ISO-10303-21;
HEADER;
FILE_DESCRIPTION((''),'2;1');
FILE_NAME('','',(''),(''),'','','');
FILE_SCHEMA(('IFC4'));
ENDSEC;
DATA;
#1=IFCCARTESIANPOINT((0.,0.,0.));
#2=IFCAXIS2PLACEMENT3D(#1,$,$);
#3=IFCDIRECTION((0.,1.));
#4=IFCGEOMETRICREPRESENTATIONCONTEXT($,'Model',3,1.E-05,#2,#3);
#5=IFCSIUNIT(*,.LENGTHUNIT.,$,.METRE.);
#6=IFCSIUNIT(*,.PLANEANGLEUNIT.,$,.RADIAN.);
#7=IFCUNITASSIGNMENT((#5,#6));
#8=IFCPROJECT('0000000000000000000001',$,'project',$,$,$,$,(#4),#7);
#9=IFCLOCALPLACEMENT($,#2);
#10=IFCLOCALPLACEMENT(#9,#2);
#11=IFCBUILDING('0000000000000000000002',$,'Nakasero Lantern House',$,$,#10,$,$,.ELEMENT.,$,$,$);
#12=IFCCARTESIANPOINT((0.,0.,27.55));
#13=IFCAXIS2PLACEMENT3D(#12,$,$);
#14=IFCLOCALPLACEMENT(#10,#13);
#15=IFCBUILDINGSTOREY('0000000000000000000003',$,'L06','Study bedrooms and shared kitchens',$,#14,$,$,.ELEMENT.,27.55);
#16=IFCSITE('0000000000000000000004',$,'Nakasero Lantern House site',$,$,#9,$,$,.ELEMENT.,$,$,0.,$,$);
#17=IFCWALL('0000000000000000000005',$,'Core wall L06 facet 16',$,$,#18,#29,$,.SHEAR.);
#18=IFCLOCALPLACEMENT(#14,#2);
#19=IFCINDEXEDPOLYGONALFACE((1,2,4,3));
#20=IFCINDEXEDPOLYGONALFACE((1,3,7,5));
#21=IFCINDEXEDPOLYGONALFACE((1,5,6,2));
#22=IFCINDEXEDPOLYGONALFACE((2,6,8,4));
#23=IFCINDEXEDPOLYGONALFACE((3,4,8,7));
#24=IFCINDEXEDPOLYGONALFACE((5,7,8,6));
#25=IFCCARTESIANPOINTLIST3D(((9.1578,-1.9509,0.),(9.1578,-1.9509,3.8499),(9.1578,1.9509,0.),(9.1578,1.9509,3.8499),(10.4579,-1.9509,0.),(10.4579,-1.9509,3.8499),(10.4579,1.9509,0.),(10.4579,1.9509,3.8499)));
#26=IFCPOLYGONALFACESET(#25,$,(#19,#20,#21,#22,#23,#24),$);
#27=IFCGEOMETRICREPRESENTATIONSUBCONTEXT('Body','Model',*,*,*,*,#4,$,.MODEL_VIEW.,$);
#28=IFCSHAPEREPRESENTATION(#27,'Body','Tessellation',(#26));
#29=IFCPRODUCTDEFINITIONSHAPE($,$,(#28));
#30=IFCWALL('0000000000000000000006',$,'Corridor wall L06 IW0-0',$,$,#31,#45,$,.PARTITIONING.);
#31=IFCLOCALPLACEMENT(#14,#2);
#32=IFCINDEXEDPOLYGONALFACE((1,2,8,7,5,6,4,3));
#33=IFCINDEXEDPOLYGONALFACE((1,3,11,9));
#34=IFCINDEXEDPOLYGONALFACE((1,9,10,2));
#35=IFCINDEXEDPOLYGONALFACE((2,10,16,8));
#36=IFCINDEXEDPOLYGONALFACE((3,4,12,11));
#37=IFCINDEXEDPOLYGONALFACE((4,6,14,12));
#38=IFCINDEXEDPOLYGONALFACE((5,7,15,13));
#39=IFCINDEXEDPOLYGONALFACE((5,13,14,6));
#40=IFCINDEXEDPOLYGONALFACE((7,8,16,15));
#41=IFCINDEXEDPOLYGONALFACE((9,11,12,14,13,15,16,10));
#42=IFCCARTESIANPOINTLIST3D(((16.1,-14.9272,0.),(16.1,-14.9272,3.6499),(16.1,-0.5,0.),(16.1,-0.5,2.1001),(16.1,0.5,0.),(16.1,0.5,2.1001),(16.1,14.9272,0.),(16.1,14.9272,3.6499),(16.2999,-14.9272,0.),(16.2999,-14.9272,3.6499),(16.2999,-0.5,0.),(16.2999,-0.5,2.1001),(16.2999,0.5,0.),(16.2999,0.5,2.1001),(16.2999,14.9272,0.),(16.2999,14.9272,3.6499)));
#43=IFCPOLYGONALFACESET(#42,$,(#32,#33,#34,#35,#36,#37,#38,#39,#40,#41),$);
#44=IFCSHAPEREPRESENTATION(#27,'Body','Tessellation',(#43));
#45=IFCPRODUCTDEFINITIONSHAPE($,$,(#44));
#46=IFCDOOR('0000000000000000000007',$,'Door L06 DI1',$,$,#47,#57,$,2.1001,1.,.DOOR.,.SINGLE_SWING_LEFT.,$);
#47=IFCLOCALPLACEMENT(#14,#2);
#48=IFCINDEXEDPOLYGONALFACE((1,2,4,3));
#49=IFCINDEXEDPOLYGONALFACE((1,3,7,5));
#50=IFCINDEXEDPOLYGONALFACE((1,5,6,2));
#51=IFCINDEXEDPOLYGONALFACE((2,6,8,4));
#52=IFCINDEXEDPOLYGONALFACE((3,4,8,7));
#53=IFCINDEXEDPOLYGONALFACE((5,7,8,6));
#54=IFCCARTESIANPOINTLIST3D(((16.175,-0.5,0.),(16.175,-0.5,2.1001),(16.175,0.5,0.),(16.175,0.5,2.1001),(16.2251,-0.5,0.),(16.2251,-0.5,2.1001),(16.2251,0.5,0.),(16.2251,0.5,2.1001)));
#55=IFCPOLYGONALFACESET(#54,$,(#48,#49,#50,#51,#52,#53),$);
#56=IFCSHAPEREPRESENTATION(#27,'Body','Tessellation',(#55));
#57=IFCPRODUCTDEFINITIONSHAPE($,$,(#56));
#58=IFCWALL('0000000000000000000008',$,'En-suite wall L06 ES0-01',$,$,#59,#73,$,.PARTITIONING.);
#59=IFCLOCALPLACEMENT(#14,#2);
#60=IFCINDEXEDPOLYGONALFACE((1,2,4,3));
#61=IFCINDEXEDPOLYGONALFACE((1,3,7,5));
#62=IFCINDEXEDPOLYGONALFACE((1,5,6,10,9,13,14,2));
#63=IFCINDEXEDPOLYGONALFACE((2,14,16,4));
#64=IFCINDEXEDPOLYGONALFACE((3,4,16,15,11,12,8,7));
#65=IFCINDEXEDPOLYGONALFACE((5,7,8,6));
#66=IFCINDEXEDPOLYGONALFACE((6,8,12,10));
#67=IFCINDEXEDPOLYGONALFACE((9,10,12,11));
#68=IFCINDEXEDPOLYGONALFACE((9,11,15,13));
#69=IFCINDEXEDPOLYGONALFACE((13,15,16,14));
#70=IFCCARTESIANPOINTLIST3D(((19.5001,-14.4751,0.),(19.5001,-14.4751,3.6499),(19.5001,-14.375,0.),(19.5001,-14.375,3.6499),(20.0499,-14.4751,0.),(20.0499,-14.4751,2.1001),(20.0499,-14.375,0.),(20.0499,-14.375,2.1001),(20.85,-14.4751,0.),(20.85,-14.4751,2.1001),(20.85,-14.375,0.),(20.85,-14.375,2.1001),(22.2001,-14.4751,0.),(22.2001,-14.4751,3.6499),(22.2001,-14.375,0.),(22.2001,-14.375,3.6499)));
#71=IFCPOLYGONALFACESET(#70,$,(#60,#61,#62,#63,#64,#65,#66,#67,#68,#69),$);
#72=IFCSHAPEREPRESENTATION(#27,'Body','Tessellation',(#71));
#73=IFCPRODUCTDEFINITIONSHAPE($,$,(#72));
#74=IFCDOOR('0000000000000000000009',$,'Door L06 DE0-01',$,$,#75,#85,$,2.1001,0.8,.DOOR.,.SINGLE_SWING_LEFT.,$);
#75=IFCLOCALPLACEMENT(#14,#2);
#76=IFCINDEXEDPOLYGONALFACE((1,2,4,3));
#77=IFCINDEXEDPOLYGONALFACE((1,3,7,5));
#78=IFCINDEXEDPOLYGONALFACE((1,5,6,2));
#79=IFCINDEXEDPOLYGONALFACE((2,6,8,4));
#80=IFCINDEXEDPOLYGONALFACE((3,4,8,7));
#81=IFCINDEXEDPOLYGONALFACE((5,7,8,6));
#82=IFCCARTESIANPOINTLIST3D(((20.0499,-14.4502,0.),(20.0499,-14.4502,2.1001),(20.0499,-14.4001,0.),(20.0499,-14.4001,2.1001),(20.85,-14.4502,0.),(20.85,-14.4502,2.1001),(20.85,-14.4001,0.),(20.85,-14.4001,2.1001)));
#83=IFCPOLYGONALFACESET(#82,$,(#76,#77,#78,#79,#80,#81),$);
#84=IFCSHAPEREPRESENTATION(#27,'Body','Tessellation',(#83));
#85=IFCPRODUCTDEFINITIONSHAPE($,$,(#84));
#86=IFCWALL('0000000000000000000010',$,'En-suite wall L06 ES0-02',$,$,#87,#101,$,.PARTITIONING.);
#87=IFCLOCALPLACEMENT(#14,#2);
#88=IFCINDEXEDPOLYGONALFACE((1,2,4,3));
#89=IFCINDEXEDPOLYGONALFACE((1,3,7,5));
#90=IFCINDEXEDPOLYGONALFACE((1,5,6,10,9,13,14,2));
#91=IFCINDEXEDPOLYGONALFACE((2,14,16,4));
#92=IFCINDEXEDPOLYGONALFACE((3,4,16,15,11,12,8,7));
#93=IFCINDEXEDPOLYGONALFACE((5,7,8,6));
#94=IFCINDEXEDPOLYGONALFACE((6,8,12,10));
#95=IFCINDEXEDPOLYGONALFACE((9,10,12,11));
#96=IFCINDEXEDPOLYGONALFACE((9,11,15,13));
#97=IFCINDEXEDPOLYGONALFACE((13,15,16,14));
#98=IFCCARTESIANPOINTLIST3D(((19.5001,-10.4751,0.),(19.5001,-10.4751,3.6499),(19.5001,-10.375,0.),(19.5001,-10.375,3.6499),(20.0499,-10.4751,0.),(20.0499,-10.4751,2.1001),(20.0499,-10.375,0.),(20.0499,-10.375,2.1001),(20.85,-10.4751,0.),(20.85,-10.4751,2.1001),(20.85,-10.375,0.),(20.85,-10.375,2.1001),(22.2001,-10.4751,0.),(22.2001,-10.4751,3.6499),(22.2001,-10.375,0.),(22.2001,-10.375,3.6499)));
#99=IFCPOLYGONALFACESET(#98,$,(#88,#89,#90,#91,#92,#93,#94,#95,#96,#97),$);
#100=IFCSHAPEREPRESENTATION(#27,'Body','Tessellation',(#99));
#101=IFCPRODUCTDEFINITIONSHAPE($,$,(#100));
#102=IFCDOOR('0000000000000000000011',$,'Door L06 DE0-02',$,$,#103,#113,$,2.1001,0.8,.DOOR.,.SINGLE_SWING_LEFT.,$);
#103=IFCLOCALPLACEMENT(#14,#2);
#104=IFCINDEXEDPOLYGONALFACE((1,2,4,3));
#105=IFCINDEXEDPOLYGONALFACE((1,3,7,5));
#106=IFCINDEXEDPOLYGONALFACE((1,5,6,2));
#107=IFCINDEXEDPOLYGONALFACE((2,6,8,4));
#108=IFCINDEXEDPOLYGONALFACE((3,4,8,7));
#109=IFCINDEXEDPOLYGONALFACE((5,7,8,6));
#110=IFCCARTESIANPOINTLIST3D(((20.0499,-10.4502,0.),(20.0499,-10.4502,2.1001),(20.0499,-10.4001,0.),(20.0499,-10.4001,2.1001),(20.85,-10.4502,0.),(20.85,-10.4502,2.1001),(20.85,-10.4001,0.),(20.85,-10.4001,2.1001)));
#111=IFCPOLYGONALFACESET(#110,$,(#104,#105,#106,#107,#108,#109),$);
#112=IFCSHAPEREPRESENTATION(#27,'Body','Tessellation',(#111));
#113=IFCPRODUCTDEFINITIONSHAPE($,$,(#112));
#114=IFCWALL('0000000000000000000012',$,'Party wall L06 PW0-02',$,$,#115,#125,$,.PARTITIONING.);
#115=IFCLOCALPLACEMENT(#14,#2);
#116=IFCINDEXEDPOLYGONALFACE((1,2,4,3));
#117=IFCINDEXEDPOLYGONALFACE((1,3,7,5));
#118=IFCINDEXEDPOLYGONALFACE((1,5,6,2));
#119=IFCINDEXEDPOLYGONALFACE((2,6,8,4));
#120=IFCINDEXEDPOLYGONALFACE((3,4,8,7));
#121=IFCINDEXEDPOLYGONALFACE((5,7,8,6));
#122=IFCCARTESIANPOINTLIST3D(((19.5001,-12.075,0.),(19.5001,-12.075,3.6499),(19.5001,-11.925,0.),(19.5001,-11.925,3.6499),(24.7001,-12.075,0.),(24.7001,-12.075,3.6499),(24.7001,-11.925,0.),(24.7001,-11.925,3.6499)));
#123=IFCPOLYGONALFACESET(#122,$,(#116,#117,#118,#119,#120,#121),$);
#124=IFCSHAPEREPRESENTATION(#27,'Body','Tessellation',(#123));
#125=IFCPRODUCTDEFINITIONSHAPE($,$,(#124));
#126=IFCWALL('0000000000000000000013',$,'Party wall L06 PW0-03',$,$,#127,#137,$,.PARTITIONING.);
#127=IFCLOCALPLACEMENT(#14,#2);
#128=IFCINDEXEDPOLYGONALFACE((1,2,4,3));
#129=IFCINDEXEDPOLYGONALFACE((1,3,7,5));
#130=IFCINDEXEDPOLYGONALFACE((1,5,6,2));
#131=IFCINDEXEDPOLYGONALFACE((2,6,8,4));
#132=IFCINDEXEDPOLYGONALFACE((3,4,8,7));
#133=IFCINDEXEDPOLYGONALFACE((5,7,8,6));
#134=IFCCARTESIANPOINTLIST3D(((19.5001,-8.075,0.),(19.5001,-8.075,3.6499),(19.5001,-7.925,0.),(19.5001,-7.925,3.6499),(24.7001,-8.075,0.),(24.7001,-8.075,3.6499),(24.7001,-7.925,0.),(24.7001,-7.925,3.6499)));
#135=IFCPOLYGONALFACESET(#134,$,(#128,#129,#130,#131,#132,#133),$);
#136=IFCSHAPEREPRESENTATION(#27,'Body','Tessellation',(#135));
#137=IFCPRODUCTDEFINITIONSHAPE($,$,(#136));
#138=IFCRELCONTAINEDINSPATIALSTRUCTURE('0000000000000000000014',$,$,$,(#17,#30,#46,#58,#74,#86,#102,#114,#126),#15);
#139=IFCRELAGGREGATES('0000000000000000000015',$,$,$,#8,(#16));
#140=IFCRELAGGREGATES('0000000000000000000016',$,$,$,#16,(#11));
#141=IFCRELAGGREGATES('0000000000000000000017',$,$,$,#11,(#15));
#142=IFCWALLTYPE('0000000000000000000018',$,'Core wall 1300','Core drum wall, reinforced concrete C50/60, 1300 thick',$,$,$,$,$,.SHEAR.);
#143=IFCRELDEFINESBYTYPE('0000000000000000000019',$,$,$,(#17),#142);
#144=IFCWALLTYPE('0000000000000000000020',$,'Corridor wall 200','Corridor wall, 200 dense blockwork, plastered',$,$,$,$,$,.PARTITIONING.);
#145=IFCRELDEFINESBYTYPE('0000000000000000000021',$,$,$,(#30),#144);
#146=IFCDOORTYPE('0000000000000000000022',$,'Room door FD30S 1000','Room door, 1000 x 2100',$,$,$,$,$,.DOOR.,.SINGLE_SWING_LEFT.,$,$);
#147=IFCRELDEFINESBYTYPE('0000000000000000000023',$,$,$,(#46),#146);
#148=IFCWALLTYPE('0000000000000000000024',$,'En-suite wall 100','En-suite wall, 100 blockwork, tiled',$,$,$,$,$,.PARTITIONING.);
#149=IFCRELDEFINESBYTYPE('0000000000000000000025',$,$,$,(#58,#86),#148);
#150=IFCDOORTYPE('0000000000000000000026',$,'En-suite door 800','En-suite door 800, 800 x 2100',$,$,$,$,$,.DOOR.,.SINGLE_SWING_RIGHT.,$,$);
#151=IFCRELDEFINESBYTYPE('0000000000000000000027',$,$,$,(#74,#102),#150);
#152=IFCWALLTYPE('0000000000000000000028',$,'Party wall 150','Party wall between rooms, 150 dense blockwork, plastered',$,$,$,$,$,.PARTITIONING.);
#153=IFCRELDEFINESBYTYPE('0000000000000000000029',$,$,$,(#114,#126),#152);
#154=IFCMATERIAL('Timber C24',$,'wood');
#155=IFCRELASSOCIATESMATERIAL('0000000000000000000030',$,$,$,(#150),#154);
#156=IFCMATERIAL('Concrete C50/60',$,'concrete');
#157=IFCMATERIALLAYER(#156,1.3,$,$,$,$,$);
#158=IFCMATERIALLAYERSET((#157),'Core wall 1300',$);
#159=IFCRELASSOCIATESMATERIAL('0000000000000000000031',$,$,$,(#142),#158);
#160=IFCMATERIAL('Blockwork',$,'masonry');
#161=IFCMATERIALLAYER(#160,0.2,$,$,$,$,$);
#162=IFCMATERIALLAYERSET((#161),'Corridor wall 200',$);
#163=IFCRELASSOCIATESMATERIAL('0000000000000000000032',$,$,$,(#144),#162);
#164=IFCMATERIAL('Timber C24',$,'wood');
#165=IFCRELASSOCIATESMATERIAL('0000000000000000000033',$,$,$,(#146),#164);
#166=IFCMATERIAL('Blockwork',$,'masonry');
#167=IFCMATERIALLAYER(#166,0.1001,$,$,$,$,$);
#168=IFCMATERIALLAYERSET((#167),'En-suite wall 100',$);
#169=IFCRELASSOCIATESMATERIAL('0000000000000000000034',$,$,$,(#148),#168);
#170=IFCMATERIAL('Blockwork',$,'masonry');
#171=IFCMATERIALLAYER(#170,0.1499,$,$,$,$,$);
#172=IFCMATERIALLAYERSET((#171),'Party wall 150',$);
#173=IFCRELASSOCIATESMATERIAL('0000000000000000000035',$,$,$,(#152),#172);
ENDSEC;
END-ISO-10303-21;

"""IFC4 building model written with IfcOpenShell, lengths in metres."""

from ifc_helpers import new_model, si_unit, direction, frame, frame_2d, origin, place, context, subcontext, project, spatial, rectangle, extrude, material, layer, layer_set, type_object, element, fill, save


model = new_model("IFC4")

# Units and contexts
model_context = context("Model", 3, precision=1e-05, world=origin(), true_north=direction((0.0, 1.0)))
body_context = subcontext(model_context, "Body", "Model", "MODEL_VIEW")
ifc_project = project(units=[si_unit("LENGTHUNIT", "METRE"), si_unit("PLANEANGLEUNIT", "RADIAN")], contexts=[model_context])

# Site, building, storey
site_placement = place(None, origin())
site = spatial("IfcSite", under=ifc_project, at=site_placement, Name="Nakasero Lantern House site", CompositionType="ELEMENT", RefElevation=0.0)
building_placement = place(site_placement, origin())
building = spatial("IfcBuilding", under=site, at=building_placement, Name="Nakasero Lantern House", CompositionType="ELEMENT")
storey_placement = place(building_placement, frame((0.0, 0.0, 27.55)))
storey = spatial("IfcBuildingStorey", under=building, at=storey_placement, Name="L06", Description="Study bedrooms and shared kitchens", CompositionType="ELEMENT", Elevation=27.55)

# Shared definitions
ifc_material_1 = material(Name="Timber C24", Category="wood")
door_type_1 = type_object("IfcDoorType", Name="En-suite door 800", Description="En-suite door 800, 800 x 2100", OperationType="SINGLE_SWING_RIGHT", PredefinedType="DOOR", material=ifc_material_1)

# Wall
ifc_material_2 = material(Name="Concrete C50/60", Category="concrete")
ifc_layer_1 = layer(ifc_material_2, 1.3)
ifc_layer_set_1 = layer_set([ifc_layer_1], Name="Core wall 1300")
wall_type_1 = type_object("IfcWallType", Name="Core wall 1300", Description="Core drum wall, reinforced concrete C50/60, 1300 thick", PredefinedType="SHEAR", material=ifc_layer_set_1)
wall_1_placement = place(storey_placement, frame((9.8079, -1.9509, 0.0), z_axis=(0.0, 0.0, 1.0), x_axis=(0.0, 1.0, 0.0)))
element("IfcWall", 1, at=wall_1_placement, inside=storey, type_object=wall_type_1, Name="Core wall L06 facet 16", PredefinedType="SHEAR", context=body_context, shape_type="SweptSolid", body=[
    extrude(rectangle(XDim=3.9019, YDim=1.3, at=frame_2d((1.9509, 0.0))), origin(), (0.0, 0.0, 1.0), 3.8499),
])

# Walls, openings, doors
ifc_material_3 = material(Name="Blockwork", Category="masonry")
ifc_layer_2 = layer(ifc_material_3, 0.2)
ifc_layer_set_2 = layer_set([ifc_layer_2], Name="Corridor wall 200")
wall_type_2 = type_object("IfcWallType", Name="Corridor wall 200", Description="Corridor wall, 200 dense blockwork, plastered", PredefinedType="PARTITIONING", material=ifc_layer_set_2)
wall_2_placement = place(storey_placement, frame((16.2, -14.9272, 0.0), z_axis=(0.0, 0.0, 1.0), x_axis=(0.0, 1.0, 0.0)))
wall_2 = element("IfcWall", 2, at=wall_2_placement, inside=storey, type_object=wall_type_2, Name="Corridor wall L06 IW0-0", PredefinedType="PARTITIONING", context=body_context, shape_type="SweptSolid", body=[
    extrude(rectangle(XDim=29.8545, YDim=0.2, at=frame_2d((14.9272, 0.0))), origin(), (0.0, 0.0, 1.0), 3.6499),
])
opening_1_placement = place(wall_2_placement, frame((14.4272, 0.0, 0.0)))
opening_1 = element("IfcOpeningElement", 3, at=opening_1_placement, cuts=wall_2, PredefinedType="OPENING", context=body_context, shape_type="SweptSolid", body=[
    extrude(rectangle(XDim=1.0, YDim=2.1001, at=frame_2d((0.5, 1.05))), frame((0.0, 0.1199, 0.0), z_axis=(0.0, -1.0, 0.0), x_axis=(1.0, 0.0, 0.0)), (0.0, 0.0, 1.0), 0.24),
])
ifc_material_4 = material(Name="Timber C24", Category="wood")
door_type_2 = type_object("IfcDoorType", Name="Room door FD30S 1000", Description="Room door, 1000 x 2100", OperationType="SINGLE_SWING_LEFT", PredefinedType="DOOR", material=ifc_material_4)
door_1_placement = place(opening_1_placement, origin())
door_1 = element("IfcDoor", 4, at=door_1_placement, inside=storey, type_object=door_type_2, Name="Door L06 DI1", OperationType="SINGLE_SWING_LEFT", OverallHeight=2.1001, OverallWidth=1.0, PredefinedType="DOOR", context=body_context, shape_type="SweptSolid", body=[
    extrude(rectangle(XDim=1.0, YDim=2.1001, at=frame_2d((0.5, 1.05))), frame((0.0, 0.0249, 0.0), z_axis=(0.0, -1.0, 0.0), x_axis=(1.0, 0.0, 0.0)), (0.0, 0.0, 1.0), 0.05),
])
fill(opening_1, door_1)
ifc_material_5 = material(Name="Blockwork", Category="masonry")
ifc_layer_3 = layer(ifc_material_5, 0.1001)
ifc_layer_set_3 = layer_set([ifc_layer_3], Name="En-suite wall 100")
wall_type_3 = type_object("IfcWallType", Name="En-suite wall 100", Description="En-suite wall, 100 blockwork, tiled", PredefinedType="PARTITIONING", material=ifc_layer_set_3)
wall_3_placement = place(storey_placement, frame((19.5, -14.425, 0.0), z_axis=(0.0, 0.0, 1.0), x_axis=(1.0, 0.0, 0.0)))
wall_3 = element("IfcWall", 5, at=wall_3_placement, inside=storey, type_object=wall_type_3, Name="En-suite wall L06 ES0-01", PredefinedType="PARTITIONING", context=body_context, shape_type="SweptSolid", body=[
    extrude(rectangle(XDim=2.7, YDim=0.1001, at=frame_2d((1.3501, 0.0))), origin(), (0.0, 0.0, 1.0), 3.6499),
])
opening_2_placement = place(wall_3_placement, frame((0.55, 0.0, 0.0)))
opening_2 = element("IfcOpeningElement", 6, at=opening_2_placement, cuts=wall_3, PredefinedType="OPENING", context=body_context, shape_type="SweptSolid", body=[
    extrude(rectangle(XDim=0.8, YDim=2.1001, at=frame_2d((0.3999, 1.05))), frame((0.0, 0.0701, 0.0), z_axis=(0.0, -1.0, 0.0), x_axis=(1.0, 0.0, 0.0)), (0.0, 0.0, 1.0), 0.1401),
])
door_2_placement = place(opening_2_placement, origin())
door_2 = element("IfcDoor", 7, at=door_2_placement, inside=storey, type_object=door_type_1, Name="Door L06 DE0-01", OperationType="SINGLE_SWING_LEFT", OverallHeight=2.1001, OverallWidth=0.8, PredefinedType="DOOR", context=body_context, shape_type="SweptSolid", body=[
    extrude(rectangle(XDim=0.8, YDim=2.1001, at=frame_2d((0.3999, 1.05))), frame((0.0, 0.0249, 0.0), z_axis=(0.0, -1.0, 0.0), x_axis=(1.0, 0.0, 0.0)), (0.0, 0.0, 1.0), 0.05),
])
fill(opening_2, door_2)
wall_4_placement = place(storey_placement, frame((19.5, -10.425, 0.0), z_axis=(0.0, 0.0, 1.0), x_axis=(1.0, 0.0, 0.0)))
wall_4 = element("IfcWall", 8, at=wall_4_placement, inside=storey, type_object=wall_type_3, Name="En-suite wall L06 ES0-02", PredefinedType="PARTITIONING", context=body_context, shape_type="SweptSolid", body=[
    extrude(rectangle(XDim=2.7, YDim=0.1001, at=frame_2d((1.3501, 0.0))), origin(), (0.0, 0.0, 1.0), 3.6499),
])
opening_3_placement = place(wall_4_placement, frame((0.55, 0.0, 0.0)))
opening_3 = element("IfcOpeningElement", 9, at=opening_3_placement, cuts=wall_4, PredefinedType="OPENING", context=body_context, shape_type="SweptSolid", body=[
    extrude(rectangle(XDim=0.8, YDim=2.1001, at=frame_2d((0.3999, 1.05))), frame((0.0, 0.0701, 0.0), z_axis=(0.0, -1.0, 0.0), x_axis=(1.0, 0.0, 0.0)), (0.0, 0.0, 1.0), 0.1401),
])
door_3_placement = place(opening_3_placement, origin())
door_3 = element("IfcDoor", 10, at=door_3_placement, inside=storey, type_object=door_type_1, Name="Door L06 DE0-02", OperationType="SINGLE_SWING_LEFT", OverallHeight=2.1001, OverallWidth=0.8, PredefinedType="DOOR", context=body_context, shape_type="SweptSolid", body=[
    extrude(rectangle(XDim=0.8, YDim=2.1001, at=frame_2d((0.3999, 1.05))), frame((0.0, 0.0249, 0.0), z_axis=(0.0, -1.0, 0.0), x_axis=(1.0, 0.0, 0.0)), (0.0, 0.0, 1.0), 0.05),
])
fill(opening_3, door_3)

# Walls
ifc_material_6 = material(Name="Blockwork", Category="masonry")
ifc_layer_4 = layer(ifc_material_6, 0.1499)
ifc_layer_set_4 = layer_set([ifc_layer_4], Name="Party wall 150")
wall_type_4 = type_object("IfcWallType", Name="Party wall 150", Description="Party wall between rooms, 150 dense blockwork, plastered", PredefinedType="PARTITIONING", material=ifc_layer_set_4)
for number, where, z_axis, x_axis, name in (
    (11, (19.5, -12.0, 0.0), (0.0, 0.0, 1.0), (1.0, 0.0, 0.0), "Party wall L06 PW0-02"),
    (12, (19.5, -8.0, 0.0), (0.0, 0.0, 1.0), (1.0, 0.0, 0.0), "Party wall L06 PW0-03"),
):
    element("IfcWall", number, at=place(storey_placement, frame(where, z_axis=z_axis, x_axis=x_axis)), inside=storey, type_object=wall_type_4, Name=name, PredefinedType="PARTITIONING", context=body_context, shape_type="SweptSolid", body=[
        extrude(rectangle(XDim=5.2, YDim=0.1499, at=frame_2d((2.6001, 0.0))), origin(), (0.0, 0.0, 1.0), 3.6499),
    ])

save(model, "model.ifc")
